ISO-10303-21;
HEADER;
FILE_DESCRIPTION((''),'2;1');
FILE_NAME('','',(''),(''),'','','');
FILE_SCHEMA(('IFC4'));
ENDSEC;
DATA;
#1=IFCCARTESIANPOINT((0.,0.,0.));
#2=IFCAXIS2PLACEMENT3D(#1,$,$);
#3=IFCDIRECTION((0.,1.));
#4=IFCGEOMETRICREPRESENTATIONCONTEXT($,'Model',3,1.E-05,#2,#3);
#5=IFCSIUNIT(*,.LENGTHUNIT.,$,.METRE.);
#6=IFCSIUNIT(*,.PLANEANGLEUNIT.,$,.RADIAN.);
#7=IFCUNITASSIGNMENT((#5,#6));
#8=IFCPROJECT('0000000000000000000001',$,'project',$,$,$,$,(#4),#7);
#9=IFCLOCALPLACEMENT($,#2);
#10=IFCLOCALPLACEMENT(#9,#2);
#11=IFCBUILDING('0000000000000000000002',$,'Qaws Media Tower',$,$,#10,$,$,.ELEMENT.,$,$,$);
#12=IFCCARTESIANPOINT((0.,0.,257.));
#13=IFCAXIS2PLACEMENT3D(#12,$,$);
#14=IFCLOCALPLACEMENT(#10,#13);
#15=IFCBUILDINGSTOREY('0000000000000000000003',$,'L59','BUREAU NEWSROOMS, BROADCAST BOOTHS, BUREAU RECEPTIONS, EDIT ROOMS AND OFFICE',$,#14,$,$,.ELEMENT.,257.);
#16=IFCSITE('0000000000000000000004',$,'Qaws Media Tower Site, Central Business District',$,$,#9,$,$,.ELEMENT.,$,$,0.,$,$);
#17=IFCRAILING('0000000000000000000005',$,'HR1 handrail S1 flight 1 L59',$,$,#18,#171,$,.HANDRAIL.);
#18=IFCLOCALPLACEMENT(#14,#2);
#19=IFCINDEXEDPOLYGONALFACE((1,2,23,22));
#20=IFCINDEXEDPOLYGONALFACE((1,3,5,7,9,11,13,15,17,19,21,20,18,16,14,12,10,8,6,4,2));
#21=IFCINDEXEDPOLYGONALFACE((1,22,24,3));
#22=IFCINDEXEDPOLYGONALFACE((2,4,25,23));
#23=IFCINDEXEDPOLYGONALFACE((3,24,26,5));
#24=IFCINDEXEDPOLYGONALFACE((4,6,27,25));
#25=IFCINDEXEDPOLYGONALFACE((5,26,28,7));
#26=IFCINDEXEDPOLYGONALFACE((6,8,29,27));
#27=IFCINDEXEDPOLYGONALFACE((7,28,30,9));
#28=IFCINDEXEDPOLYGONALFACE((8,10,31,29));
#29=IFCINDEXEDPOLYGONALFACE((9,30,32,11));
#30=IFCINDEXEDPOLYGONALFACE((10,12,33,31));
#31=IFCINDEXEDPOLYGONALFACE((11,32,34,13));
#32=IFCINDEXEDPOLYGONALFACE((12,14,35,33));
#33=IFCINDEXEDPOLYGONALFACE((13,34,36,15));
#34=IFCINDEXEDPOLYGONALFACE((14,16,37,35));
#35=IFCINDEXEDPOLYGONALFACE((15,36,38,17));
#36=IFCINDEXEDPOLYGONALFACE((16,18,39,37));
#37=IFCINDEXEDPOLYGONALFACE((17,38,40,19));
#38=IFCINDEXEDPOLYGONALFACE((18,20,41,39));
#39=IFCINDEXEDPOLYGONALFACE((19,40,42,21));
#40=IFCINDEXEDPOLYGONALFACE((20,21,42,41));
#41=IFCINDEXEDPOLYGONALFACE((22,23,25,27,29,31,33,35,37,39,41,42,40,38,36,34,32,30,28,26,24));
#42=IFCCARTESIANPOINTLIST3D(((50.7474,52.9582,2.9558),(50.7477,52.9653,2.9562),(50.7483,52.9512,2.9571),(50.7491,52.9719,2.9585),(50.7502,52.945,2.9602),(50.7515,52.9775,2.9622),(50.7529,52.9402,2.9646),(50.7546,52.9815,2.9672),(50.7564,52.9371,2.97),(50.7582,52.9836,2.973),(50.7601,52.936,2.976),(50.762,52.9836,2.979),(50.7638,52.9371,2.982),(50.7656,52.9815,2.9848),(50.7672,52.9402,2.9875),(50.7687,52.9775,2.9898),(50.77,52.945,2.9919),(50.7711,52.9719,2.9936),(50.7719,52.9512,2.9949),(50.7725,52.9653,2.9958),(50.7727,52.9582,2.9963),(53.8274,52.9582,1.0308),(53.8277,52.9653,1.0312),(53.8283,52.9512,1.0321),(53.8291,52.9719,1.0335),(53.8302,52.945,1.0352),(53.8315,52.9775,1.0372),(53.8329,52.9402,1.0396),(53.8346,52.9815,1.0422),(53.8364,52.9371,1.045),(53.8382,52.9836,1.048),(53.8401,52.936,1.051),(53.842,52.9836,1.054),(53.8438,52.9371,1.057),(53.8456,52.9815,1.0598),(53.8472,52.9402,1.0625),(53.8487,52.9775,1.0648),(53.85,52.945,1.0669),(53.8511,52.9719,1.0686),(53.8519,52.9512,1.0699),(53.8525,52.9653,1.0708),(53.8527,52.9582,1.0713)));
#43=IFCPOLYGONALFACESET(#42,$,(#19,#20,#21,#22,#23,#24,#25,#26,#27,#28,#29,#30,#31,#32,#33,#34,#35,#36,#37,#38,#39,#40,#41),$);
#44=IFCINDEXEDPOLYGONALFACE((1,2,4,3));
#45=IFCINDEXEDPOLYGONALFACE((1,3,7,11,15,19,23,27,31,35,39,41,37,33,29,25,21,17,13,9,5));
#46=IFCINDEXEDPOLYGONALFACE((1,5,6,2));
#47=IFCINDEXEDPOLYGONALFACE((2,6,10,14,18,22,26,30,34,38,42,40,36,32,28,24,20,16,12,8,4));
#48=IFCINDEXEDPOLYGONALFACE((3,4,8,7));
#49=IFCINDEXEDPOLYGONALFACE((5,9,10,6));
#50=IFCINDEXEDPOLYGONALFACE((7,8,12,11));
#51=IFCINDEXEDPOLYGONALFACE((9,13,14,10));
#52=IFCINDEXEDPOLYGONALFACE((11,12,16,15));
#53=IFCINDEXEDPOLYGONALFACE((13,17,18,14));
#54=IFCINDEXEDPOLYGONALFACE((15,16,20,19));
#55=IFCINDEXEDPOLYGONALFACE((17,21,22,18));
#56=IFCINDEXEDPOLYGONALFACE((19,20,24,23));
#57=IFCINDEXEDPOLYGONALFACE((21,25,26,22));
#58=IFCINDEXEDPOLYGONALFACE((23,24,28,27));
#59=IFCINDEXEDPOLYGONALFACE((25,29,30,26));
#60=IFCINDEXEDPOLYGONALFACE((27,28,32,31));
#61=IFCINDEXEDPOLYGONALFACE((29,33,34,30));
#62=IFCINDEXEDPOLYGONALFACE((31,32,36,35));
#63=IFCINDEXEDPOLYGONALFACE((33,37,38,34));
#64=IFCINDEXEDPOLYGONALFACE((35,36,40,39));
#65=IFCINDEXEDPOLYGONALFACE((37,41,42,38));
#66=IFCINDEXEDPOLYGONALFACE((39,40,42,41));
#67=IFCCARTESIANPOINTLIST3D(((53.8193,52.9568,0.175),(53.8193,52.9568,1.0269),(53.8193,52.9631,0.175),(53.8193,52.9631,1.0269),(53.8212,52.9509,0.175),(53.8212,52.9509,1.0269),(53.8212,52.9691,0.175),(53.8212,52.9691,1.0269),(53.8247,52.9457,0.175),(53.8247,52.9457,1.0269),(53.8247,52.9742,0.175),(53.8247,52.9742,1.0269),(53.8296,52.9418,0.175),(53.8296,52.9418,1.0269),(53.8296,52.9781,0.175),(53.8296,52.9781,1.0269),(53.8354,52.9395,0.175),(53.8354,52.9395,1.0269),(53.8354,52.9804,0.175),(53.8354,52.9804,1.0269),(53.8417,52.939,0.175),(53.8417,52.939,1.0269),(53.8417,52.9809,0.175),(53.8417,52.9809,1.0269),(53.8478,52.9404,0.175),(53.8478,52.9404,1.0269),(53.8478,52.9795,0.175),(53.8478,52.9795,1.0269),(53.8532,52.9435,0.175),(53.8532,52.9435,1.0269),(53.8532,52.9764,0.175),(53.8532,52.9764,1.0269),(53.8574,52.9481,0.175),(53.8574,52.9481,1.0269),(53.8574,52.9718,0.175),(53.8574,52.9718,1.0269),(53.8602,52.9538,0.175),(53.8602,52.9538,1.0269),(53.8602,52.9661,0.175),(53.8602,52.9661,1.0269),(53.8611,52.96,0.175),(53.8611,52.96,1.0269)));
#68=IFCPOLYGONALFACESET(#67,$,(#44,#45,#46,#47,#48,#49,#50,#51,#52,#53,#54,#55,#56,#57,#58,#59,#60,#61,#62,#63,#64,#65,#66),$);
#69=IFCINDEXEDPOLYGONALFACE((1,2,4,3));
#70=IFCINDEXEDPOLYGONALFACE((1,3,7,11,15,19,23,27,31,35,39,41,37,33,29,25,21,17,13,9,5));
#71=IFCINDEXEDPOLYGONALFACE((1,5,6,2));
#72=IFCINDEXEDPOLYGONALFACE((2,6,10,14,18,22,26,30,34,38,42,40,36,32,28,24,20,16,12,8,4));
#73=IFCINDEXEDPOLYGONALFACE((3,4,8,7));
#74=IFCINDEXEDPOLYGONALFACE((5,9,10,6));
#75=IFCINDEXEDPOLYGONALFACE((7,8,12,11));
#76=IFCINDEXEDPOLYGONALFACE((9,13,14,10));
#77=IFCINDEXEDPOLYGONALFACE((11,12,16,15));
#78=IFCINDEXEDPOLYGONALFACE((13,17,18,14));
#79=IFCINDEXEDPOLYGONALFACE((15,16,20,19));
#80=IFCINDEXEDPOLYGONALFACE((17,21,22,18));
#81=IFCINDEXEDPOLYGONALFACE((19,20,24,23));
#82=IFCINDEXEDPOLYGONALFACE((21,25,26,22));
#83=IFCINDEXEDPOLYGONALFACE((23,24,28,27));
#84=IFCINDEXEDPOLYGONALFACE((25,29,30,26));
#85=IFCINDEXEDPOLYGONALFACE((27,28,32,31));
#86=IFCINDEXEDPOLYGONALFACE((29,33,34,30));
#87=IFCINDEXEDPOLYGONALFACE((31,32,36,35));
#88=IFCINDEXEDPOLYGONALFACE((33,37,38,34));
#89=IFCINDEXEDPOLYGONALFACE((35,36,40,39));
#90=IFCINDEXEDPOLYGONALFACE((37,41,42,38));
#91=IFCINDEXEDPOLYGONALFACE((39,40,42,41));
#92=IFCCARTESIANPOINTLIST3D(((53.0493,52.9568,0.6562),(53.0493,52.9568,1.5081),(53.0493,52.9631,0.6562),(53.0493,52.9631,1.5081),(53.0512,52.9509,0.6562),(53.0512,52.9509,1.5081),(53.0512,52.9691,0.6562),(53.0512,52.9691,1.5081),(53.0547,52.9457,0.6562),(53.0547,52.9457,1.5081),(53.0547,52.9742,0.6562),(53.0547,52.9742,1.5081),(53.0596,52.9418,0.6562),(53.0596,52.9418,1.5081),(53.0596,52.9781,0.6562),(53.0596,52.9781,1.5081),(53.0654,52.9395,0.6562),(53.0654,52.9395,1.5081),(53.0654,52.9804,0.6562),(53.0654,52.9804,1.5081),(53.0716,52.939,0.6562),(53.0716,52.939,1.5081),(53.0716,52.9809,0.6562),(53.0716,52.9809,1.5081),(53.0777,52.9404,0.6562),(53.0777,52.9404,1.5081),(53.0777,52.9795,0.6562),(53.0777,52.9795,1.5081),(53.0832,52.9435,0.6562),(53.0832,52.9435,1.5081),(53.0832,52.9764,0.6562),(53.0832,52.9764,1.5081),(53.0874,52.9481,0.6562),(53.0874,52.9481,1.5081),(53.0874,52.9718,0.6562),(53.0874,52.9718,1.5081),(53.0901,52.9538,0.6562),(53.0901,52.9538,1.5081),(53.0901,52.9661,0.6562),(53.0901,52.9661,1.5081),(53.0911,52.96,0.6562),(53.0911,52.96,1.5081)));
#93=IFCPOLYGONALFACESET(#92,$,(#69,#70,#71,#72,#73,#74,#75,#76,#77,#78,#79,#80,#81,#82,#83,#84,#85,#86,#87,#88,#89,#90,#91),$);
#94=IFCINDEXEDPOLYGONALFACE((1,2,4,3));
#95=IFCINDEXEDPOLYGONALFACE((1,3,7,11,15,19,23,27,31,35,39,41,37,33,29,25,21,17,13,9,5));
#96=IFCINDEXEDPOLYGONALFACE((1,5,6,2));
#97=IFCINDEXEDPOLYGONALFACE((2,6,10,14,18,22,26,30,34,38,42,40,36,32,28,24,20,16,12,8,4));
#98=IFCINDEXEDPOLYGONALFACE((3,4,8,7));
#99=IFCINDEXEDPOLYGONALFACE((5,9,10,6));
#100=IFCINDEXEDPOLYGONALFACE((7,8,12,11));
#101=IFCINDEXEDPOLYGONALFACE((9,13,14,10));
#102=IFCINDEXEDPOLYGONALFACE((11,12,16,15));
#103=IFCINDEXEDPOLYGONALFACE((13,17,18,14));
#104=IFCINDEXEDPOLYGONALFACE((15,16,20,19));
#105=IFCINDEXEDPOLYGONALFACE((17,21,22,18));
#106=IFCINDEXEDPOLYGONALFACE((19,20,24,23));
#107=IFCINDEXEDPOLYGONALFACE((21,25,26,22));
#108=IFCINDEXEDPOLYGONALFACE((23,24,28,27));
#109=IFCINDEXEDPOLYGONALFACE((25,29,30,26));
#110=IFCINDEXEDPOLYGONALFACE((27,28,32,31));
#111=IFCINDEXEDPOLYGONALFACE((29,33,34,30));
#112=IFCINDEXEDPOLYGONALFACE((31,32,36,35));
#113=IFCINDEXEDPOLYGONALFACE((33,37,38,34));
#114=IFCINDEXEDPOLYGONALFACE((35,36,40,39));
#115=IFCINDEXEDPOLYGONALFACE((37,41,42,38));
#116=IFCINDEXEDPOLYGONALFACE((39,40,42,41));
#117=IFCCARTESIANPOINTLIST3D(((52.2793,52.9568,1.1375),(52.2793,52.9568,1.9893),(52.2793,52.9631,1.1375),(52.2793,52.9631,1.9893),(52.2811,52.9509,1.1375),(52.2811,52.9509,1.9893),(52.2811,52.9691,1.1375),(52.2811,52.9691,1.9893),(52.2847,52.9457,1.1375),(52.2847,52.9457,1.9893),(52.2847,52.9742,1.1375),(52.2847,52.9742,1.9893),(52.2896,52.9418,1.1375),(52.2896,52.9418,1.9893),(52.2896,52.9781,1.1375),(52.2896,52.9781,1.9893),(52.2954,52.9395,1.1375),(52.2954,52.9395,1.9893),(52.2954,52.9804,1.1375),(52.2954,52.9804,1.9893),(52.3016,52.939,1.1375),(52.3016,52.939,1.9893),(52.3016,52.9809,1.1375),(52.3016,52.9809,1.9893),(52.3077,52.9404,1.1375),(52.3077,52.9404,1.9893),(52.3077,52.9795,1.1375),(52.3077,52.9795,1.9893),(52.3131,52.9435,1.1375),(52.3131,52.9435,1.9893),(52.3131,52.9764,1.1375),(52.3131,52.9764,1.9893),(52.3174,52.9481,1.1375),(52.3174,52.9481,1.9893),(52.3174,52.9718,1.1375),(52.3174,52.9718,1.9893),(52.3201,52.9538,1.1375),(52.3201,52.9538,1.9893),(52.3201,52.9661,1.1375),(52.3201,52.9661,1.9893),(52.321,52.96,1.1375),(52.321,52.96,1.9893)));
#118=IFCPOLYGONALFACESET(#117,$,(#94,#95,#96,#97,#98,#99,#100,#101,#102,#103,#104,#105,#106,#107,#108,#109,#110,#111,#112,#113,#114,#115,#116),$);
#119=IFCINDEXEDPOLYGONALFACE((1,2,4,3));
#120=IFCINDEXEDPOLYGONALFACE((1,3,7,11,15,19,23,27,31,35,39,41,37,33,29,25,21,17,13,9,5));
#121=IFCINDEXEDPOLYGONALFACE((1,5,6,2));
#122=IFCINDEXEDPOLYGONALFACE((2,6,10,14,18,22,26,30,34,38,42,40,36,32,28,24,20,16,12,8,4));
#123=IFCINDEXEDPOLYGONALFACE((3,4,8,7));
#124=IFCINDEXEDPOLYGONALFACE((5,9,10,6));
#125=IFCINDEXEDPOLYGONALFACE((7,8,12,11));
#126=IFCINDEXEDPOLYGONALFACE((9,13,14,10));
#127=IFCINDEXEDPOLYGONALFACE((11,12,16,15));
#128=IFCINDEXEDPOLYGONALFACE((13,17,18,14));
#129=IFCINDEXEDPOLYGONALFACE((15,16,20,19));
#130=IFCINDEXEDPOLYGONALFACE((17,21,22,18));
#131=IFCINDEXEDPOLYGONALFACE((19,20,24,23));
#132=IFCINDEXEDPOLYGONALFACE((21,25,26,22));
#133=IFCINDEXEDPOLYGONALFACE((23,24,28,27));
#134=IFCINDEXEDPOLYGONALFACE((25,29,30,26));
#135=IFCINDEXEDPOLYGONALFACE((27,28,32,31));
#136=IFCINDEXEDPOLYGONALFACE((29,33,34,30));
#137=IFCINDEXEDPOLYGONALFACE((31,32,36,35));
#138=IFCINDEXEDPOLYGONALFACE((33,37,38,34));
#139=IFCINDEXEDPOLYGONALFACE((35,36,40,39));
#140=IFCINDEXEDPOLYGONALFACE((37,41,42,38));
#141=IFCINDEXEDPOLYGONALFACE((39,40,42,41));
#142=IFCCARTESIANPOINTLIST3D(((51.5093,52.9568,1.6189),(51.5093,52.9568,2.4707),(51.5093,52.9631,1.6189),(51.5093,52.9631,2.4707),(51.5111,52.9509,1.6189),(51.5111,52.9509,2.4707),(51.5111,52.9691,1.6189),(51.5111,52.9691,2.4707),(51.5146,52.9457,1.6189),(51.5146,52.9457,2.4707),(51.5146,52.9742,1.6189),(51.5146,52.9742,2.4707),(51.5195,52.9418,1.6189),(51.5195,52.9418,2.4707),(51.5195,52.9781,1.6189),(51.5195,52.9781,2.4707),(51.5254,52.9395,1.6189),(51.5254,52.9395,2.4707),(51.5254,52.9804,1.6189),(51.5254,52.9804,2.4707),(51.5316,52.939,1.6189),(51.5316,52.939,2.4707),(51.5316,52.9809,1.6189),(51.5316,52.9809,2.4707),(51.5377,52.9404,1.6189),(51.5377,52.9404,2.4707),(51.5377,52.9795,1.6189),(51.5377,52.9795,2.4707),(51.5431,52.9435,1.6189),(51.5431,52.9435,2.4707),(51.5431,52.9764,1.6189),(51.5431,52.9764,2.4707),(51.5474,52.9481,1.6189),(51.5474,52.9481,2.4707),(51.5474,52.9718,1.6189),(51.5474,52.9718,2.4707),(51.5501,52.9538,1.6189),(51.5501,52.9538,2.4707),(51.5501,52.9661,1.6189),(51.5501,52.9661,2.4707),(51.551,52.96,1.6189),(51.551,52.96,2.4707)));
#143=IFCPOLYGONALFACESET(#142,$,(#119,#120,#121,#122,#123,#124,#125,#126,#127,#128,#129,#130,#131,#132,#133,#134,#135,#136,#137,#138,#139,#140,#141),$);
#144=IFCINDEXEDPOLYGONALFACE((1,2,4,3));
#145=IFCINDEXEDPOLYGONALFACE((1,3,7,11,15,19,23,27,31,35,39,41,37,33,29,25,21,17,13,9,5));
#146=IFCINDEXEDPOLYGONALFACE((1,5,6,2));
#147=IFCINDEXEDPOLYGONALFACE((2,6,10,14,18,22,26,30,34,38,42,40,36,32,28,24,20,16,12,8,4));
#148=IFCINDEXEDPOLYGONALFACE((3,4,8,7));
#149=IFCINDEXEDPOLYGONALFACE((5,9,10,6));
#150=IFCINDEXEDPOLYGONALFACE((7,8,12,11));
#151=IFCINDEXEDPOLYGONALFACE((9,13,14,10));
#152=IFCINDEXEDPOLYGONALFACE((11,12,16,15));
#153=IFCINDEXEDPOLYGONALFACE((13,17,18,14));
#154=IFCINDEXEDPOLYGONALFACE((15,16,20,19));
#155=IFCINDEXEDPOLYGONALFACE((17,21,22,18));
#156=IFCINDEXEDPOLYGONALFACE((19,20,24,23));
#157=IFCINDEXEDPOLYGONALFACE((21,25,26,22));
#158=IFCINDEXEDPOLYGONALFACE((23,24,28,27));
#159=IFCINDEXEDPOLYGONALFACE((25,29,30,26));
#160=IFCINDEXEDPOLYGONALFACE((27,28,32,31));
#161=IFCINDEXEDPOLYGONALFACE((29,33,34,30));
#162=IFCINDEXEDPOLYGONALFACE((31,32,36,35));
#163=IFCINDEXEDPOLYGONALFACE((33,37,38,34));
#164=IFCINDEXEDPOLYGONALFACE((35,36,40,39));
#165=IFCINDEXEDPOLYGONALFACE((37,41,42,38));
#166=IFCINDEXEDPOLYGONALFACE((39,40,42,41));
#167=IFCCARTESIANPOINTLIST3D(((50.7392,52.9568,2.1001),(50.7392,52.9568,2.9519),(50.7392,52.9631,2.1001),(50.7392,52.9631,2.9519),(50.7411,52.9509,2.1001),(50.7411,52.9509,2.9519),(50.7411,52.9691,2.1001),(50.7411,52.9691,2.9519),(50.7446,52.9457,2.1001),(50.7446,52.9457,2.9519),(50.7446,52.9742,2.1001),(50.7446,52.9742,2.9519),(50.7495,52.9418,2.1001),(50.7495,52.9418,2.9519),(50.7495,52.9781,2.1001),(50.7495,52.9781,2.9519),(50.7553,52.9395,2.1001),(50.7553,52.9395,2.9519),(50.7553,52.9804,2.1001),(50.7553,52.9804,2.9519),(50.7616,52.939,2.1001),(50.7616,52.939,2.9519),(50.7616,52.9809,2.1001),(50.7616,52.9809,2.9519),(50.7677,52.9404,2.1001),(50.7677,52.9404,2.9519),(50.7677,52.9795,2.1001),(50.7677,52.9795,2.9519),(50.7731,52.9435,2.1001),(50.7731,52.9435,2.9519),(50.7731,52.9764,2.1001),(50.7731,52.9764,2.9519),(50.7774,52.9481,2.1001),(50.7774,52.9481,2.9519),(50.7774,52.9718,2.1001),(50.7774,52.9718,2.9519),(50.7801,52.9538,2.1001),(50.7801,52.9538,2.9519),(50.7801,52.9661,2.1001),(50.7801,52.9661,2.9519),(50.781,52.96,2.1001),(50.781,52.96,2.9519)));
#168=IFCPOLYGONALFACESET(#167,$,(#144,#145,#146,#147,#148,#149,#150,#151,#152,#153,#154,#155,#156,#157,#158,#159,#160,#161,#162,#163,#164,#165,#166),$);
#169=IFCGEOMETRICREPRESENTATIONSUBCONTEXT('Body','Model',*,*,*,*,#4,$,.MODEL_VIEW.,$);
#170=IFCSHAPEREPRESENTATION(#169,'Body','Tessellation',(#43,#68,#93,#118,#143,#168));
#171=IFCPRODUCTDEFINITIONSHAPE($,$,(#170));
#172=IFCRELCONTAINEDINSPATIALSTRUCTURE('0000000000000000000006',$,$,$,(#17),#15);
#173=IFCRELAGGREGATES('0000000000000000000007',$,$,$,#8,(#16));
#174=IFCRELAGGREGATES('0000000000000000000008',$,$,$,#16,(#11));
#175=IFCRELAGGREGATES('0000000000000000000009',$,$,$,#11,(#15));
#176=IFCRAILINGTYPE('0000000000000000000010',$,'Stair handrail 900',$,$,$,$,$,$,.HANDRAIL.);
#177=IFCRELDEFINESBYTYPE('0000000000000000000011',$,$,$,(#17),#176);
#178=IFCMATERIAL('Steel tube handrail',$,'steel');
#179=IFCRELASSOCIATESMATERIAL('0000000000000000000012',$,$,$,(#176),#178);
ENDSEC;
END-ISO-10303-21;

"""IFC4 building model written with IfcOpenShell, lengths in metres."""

from ifc_helpers import new_model, si_unit, direction, frame, origin, origin_2d, place, context, subcontext, project, spatial, circle, extrude, material, type_object, element, save


model = new_model("IFC4")

# Units and contexts
model_context = context("Model", 3, precision=1e-05, world=origin(), true_north=direction((0.0, 1.0)))
body_context = subcontext(model_context, "Body", "Model", "MODEL_VIEW")
ifc_project = project(units=[si_unit("LENGTHUNIT", "METRE"), si_unit("PLANEANGLEUNIT", "RADIAN")], contexts=[model_context])

# Site, building, storey
site_placement = place(None, origin())
site = spatial("IfcSite", under=ifc_project, at=site_placement, Name="Qaws Media Tower Site, Central Business District", CompositionType="ELEMENT", RefElevation=0.0)
building_placement = place(site_placement, origin())
building = spatial("IfcBuilding", under=site, at=building_placement, Name="Qaws Media Tower", CompositionType="ELEMENT")
storey_placement = place(building_placement, frame((0.0, 0.0, 257.0)))
storey = spatial("IfcBuildingStorey", under=building, at=storey_placement, Name="L59", Description="BUREAU NEWSROOMS, BROADCAST BOOTHS, BUREAU RECEPTIONS, EDIT ROOMS AND OFFICE", CompositionType="ELEMENT", Elevation=257.0)

# Railing
ifc_material_1 = material(Name="Steel tube handrail", Category="steel")
railing_type = type_object("IfcRailingType", Name="Stair handrail 900", PredefinedType="HANDRAIL", material=ifc_material_1)
for number, where, name in (
    (1, (53.8401, 52.96, 0.175), "HR1 handrail S1 flight 1 L59"),
):
    element("IfcRailing", number, at=place(storey_placement, frame(where)), inside=storey, type_object=railing_type, Name=name, PredefinedType="HANDRAIL", context=body_context, shape_type="SweptSolid", body=[
        extrude(circle(Radius=0.0239, at=origin_2d()), frame((0.0, 0.0, 0.876), z_axis=(-0.847998, 0.0, 0.529999), x_axis=(0.0, -1.0, 0.0)), (0.0, 0.0, 1.0), 3.6321),
        extrude(circle(Radius=0.021, at=origin_2d()), origin(), (0.0, 0.0, 1.0), 0.8518),
        extrude(circle(Radius=0.021, at=origin_2d()), frame((-0.77, 0.0, 0.4812)), (0.0, 0.0, 1.0), 0.8518),
        extrude(circle(Radius=0.021, at=origin_2d()), frame((-1.54, 0.0, 0.9624)), (0.0, 0.0, 1.0), 0.8518),
        extrude(circle(Radius=0.021, at=origin_2d()), frame((-2.3101, 0.0, 1.4438)), (0.0, 0.0, 1.0), 0.8518),
        extrude(circle(Radius=0.021, at=origin_2d()), frame((-3.0801, 0.0, 1.925)), (0.0, 0.0, 1.0), 0.8518),
    ])

save(model, "model.ifc")
